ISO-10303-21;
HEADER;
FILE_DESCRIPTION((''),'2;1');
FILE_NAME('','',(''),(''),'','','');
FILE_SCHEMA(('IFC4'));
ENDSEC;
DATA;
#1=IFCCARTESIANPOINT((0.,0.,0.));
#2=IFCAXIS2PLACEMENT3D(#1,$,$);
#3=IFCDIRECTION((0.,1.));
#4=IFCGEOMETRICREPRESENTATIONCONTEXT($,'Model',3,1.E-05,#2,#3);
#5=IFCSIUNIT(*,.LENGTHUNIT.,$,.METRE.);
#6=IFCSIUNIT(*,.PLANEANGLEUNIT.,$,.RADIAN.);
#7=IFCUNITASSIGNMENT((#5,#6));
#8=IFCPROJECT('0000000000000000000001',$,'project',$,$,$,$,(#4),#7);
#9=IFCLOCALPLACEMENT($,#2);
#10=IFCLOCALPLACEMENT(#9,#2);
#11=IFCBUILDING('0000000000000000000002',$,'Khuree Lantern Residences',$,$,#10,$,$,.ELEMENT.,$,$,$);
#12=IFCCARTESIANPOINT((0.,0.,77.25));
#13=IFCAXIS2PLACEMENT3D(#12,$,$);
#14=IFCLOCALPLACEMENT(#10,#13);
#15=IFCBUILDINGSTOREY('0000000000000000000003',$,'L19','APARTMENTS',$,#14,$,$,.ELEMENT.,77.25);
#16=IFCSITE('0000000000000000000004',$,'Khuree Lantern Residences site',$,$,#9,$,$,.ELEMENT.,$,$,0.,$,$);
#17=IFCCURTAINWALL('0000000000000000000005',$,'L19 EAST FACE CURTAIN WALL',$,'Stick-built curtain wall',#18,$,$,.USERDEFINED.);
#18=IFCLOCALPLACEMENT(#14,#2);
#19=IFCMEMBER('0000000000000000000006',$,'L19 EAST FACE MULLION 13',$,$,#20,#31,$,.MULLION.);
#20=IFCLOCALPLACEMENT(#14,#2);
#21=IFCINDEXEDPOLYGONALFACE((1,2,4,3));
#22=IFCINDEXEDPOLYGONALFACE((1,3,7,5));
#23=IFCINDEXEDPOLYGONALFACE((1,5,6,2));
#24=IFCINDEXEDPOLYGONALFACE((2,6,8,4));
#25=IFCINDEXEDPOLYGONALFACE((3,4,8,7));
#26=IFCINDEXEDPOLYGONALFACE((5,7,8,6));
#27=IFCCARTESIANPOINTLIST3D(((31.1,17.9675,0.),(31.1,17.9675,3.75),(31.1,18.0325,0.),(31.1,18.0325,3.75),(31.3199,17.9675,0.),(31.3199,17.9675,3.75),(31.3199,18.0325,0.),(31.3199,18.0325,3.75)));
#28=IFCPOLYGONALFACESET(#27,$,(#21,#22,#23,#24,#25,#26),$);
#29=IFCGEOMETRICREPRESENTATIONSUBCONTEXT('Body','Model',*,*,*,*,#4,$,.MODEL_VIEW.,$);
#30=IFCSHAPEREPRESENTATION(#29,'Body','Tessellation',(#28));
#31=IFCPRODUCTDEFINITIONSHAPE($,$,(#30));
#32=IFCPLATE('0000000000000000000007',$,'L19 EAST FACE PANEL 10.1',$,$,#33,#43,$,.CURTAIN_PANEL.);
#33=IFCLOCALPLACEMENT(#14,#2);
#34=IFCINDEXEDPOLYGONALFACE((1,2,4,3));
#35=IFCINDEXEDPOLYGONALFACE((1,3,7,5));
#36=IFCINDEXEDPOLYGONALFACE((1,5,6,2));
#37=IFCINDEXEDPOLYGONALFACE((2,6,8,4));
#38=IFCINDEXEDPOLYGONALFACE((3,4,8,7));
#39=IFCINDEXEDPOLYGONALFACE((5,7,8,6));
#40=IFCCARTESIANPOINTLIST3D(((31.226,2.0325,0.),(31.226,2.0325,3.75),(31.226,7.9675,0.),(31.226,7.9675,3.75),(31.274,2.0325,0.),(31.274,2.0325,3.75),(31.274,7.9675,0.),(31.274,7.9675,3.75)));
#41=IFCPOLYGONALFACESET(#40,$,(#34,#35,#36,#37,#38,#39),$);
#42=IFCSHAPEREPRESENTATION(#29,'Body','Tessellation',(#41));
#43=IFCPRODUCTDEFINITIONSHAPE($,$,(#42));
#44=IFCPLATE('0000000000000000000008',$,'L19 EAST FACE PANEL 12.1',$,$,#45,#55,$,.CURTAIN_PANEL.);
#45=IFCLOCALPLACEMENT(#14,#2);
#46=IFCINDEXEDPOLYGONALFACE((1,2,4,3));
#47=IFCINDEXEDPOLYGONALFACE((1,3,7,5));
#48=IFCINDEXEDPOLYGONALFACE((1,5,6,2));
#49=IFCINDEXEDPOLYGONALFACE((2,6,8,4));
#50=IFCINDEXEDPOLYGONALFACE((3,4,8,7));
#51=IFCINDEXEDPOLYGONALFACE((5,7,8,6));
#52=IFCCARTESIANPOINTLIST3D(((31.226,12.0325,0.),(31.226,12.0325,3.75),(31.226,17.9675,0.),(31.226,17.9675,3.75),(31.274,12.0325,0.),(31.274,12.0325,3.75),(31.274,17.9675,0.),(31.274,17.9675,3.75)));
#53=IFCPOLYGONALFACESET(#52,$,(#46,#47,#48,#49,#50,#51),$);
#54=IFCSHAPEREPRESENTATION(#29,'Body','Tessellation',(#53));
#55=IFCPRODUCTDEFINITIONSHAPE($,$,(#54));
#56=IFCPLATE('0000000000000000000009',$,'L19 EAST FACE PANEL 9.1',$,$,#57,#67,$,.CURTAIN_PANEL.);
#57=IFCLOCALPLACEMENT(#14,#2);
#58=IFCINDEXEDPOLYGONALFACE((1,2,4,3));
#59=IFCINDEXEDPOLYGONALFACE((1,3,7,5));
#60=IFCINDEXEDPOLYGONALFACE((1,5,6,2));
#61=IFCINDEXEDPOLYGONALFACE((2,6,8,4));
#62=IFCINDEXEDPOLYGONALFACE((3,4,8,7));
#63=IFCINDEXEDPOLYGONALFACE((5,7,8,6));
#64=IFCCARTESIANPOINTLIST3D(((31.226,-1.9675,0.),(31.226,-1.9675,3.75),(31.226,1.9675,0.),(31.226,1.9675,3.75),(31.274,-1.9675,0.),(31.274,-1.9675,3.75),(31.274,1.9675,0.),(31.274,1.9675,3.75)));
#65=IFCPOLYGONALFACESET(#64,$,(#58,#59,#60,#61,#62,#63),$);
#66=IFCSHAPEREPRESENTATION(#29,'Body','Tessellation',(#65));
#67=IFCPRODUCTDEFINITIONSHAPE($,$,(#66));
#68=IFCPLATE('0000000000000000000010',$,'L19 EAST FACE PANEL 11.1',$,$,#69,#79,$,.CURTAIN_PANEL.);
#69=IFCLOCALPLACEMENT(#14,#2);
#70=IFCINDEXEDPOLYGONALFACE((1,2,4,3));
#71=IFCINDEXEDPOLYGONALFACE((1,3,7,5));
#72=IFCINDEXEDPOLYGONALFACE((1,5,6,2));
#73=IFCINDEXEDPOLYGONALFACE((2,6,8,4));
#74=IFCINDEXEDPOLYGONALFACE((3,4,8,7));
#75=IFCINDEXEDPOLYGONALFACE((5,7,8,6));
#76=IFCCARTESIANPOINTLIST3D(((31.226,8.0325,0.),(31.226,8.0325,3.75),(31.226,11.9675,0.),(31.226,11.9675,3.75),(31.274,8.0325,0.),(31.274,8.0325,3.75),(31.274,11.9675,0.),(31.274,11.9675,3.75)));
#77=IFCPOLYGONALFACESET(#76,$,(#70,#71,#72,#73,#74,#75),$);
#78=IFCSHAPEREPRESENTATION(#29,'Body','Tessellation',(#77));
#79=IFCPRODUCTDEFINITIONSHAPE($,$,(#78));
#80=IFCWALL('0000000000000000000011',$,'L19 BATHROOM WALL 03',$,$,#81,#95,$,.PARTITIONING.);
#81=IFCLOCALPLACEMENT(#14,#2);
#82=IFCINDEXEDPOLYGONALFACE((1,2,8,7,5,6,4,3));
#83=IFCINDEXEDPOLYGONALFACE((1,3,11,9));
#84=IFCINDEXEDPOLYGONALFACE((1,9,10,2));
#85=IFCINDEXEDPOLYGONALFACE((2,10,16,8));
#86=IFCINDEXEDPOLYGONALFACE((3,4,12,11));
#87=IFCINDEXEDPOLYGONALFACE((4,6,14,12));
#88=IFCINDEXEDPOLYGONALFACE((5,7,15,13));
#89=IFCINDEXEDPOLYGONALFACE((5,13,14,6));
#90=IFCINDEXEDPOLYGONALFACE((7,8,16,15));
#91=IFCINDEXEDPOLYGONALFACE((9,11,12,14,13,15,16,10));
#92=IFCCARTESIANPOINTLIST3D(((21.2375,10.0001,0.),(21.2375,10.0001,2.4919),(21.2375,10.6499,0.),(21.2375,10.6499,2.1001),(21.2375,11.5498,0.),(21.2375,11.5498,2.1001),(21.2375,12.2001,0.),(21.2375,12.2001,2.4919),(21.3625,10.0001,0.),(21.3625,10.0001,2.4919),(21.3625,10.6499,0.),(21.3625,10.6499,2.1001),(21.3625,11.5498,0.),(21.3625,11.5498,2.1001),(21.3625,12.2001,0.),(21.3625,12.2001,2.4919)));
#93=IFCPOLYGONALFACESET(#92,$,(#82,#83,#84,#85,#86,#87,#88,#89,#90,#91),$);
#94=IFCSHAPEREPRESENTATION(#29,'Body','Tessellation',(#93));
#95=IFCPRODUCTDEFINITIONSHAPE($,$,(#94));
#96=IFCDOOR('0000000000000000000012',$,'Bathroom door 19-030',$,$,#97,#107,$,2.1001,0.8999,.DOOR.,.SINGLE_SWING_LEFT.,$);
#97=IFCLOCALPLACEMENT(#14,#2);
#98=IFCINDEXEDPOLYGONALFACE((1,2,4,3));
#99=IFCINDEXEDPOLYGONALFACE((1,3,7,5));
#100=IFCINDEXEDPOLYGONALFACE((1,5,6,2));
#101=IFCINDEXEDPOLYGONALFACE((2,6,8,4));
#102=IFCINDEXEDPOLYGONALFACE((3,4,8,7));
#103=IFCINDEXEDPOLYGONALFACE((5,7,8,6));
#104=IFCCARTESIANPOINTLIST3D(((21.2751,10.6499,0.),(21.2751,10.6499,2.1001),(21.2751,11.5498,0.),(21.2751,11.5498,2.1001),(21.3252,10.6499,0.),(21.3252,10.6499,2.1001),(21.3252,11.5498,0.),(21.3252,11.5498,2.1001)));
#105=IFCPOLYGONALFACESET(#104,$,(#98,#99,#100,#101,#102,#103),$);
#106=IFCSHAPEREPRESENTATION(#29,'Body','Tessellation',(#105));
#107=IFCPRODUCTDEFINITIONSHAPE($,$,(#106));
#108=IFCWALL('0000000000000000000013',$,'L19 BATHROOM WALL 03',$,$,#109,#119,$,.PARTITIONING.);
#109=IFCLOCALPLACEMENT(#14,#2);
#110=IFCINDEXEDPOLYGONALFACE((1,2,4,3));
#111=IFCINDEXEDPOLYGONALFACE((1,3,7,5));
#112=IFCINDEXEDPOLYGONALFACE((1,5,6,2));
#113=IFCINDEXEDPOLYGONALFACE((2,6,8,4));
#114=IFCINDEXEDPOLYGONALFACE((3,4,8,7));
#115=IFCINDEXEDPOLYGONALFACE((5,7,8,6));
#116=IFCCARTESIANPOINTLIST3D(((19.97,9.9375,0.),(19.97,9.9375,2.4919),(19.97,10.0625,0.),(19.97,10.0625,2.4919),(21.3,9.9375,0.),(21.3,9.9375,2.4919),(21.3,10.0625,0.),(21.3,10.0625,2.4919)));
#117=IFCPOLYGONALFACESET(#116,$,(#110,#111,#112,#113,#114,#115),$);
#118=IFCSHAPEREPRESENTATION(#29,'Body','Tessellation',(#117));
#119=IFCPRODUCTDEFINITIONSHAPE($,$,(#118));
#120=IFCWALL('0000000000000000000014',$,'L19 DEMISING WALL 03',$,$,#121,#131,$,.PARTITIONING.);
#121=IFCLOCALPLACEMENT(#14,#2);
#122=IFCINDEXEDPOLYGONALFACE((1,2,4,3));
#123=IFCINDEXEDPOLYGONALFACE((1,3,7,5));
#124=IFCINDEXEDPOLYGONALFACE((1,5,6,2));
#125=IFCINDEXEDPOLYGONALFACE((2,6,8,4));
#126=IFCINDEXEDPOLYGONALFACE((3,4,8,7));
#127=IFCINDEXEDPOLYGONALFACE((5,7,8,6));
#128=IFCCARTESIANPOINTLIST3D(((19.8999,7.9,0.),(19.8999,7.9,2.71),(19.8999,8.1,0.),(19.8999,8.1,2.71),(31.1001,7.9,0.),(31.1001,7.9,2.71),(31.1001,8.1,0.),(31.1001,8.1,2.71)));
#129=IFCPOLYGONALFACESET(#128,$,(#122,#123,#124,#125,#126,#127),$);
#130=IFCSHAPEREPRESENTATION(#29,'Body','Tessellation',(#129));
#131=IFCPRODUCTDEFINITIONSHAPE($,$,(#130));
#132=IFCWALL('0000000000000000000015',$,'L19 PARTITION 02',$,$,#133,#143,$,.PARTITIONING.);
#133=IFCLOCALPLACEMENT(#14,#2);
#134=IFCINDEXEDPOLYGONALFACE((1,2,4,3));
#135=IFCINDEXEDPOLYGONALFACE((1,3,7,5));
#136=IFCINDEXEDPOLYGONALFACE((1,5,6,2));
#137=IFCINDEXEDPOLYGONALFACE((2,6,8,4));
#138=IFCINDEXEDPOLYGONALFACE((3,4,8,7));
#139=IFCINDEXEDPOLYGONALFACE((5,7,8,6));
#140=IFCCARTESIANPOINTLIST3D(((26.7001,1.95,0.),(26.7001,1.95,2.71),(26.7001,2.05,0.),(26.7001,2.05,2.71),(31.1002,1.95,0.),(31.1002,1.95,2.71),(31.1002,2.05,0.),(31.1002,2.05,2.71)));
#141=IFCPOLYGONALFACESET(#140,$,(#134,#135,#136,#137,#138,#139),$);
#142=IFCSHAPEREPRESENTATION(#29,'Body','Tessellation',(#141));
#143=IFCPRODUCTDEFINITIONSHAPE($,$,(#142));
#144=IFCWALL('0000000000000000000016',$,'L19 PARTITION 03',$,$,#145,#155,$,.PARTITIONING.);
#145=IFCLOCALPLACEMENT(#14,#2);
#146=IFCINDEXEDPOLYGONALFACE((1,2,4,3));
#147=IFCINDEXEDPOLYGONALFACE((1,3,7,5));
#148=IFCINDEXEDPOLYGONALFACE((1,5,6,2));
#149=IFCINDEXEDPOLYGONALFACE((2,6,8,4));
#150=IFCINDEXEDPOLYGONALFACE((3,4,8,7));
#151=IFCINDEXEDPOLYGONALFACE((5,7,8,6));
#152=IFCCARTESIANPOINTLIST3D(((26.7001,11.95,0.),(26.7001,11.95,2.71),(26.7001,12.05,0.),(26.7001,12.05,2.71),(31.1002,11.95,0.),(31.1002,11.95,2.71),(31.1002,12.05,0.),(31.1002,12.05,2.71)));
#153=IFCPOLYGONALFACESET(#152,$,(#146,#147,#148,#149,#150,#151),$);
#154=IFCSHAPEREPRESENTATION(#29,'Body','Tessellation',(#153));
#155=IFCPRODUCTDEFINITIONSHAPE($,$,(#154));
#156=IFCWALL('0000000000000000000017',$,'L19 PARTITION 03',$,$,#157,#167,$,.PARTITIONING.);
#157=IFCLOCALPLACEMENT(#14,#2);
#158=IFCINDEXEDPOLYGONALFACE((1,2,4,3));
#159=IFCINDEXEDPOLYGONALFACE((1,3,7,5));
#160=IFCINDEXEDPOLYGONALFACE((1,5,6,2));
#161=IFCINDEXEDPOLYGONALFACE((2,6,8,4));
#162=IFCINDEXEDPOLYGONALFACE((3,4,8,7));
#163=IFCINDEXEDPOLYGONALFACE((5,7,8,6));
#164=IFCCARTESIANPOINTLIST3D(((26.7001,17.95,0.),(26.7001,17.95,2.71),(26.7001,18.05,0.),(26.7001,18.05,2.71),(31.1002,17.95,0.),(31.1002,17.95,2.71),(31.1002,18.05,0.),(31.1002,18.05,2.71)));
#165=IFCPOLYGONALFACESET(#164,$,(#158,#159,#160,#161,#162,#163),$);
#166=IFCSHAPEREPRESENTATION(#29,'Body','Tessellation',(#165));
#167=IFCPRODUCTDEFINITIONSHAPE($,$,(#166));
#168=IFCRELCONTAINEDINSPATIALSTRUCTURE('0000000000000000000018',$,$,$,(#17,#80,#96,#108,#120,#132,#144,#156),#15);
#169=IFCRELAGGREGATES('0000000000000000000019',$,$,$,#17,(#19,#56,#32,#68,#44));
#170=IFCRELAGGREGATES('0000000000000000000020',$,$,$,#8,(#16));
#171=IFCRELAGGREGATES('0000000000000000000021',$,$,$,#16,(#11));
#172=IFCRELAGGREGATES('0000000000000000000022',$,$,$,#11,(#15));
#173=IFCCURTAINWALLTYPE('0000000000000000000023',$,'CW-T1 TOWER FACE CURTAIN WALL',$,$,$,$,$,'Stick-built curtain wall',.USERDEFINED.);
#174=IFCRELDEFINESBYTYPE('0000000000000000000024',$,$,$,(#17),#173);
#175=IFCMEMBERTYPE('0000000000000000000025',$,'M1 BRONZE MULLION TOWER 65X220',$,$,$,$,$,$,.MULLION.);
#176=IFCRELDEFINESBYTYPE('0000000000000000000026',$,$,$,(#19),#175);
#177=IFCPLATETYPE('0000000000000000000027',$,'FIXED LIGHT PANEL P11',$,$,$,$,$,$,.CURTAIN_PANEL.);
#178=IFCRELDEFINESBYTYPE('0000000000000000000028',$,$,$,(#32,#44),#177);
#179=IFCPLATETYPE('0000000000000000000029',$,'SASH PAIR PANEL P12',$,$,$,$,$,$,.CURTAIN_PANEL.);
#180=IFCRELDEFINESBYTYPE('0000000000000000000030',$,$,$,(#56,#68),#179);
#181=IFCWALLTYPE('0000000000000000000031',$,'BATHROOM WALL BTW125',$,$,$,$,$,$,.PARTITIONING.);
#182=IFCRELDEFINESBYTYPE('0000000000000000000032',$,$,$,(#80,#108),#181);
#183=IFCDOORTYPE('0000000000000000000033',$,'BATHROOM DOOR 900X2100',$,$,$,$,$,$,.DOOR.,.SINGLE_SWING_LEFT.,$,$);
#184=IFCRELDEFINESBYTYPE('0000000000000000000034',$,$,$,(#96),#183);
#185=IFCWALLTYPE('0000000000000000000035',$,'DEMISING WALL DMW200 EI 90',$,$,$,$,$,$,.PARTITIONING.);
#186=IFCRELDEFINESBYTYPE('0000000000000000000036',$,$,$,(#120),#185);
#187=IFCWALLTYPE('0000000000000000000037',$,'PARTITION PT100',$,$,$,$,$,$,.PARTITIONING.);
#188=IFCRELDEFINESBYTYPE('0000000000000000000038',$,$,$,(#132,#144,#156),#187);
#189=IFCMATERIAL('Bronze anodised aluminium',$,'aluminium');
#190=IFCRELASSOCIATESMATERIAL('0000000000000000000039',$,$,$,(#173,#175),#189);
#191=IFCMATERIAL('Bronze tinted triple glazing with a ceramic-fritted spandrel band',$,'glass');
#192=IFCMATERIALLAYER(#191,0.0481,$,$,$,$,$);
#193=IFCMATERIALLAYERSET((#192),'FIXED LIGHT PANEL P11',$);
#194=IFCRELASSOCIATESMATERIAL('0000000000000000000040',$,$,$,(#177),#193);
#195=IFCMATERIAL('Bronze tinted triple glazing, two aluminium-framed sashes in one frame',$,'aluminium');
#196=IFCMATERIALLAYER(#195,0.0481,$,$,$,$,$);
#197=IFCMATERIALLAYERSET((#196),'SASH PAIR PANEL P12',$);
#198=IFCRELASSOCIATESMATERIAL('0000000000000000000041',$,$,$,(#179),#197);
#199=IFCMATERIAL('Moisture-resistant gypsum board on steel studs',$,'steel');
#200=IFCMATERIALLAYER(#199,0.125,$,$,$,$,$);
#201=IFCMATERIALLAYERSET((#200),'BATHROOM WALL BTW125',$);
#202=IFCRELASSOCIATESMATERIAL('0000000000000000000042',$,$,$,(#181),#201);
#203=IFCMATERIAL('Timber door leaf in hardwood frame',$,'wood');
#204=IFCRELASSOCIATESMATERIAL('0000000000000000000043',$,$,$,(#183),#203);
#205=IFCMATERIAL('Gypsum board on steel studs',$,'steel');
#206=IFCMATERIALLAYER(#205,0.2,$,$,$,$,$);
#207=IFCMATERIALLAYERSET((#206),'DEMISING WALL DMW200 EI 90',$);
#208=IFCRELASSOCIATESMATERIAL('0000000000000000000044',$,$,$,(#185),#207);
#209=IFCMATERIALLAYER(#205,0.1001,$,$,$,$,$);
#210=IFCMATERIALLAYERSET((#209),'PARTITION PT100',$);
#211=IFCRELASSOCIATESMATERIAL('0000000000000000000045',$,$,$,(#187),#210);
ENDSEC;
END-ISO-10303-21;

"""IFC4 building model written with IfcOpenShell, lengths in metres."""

from ifc_helpers import new_model, si_unit, direction, frame, frame_2d, origin, origin_2d, place, context, subcontext, project, spatial, rectangle, extrude, material, layer, layer_set, material_profile, profile_set, type_object, element, fill, aggregate, save


model = new_model("IFC4")

# Units and contexts
model_context = context("Model", 3, precision=1e-05, world=origin(), true_north=direction((0.0, 1.0)))
body_context = subcontext(model_context, "Body", "Model", "MODEL_VIEW")
ifc_project = project(units=[si_unit("LENGTHUNIT", "METRE"), si_unit("PLANEANGLEUNIT", "RADIAN")], contexts=[model_context])

# Site, building, storey
site_placement = place(None, origin())
site = spatial("IfcSite", under=ifc_project, at=site_placement, Name="Khuree Lantern Residences site", CompositionType="ELEMENT", RefElevation=0.0)
building_placement = place(site_placement, origin())
building = spatial("IfcBuilding", under=site, at=building_placement, Name="Khuree Lantern Residences", CompositionType="ELEMENT")
storey_placement = place(building_placement, frame((0.0, 0.0, 77.25)))
storey = spatial("IfcBuildingStorey", under=building, at=storey_placement, Name="L19", Description="APARTMENTS", CompositionType="ELEMENT", Elevation=77.25)

# Curtain wall
ifc_material_1 = material(Name="Bronze anodised aluminium", Category="aluminium")
curtain_wall_type = type_object("IfcCurtainWallType", Name="CW-T1 TOWER FACE CURTAIN WALL", ElementType="Stick-built curtain wall", PredefinedType="USERDEFINED", material=ifc_material_1)
curtain_wall_placement = place(storey_placement, origin())
curtain_wall = element("IfcCurtainWall", 1, at=curtain_wall_placement, inside=storey, type_object=curtain_wall_type, Name="L19 EAST FACE CURTAIN WALL", ObjectType="Stick-built curtain wall", PredefinedType="USERDEFINED")

# Member
ifc_material_profile_1 = material_profile(ifc_material_1, rectangle(XDim=0.0649, YDim=0.22, at=origin_2d()), Name="M1 65X220")
ifc_profile_set_1 = profile_set([ifc_material_profile_1], Name="Bronze anodised aluminium")
member_type_1 = type_object("IfcMemberType", Name="M1 BRONZE MULLION TOWER 65X220", PredefinedType="MULLION", material=ifc_profile_set_1)
member_1_placement = place(storey_placement, frame((31.21, 18.0, 0.0), z_axis=(0.0, 0.0, 1.0), x_axis=(0.0, 1.0, 0.0)))
member_1 = element("IfcMember", 2, at=member_1_placement, type_object=member_type_1, Name="L19 EAST FACE MULLION 13", PredefinedType="MULLION", context=body_context, shape_type="SweptSolid", body=[
    extrude(rectangle(XDim=0.0649, YDim=0.22, at=origin_2d()), origin(), (0.0, 0.0, 1.0), 3.75),
])

# Plates
ifc_material_2 = material(Name="Bronze tinted triple glazing with a ceramic-fritted spandrel band", Category="glass")
ifc_layer_1 = layer(ifc_material_2, 0.0481)
ifc_layer_set_1 = layer_set([ifc_layer_1], Name="FIXED LIGHT PANEL P11")
plate_type_1 = type_object("IfcPlateType", Name="FIXED LIGHT PANEL P11", PredefinedType="CURTAIN_PANEL", material=ifc_layer_set_1)
plate_1_placement = place(storey_placement, frame((31.25, 5.0, 0.0), z_axis=(0.0, 0.0, 1.0), x_axis=(0.0, 1.0, 0.0)))
plate_1 = element("IfcPlate", 3, at=plate_1_placement, type_object=plate_type_1, Name="L19 EAST FACE PANEL 10.1", PredefinedType="CURTAIN_PANEL", context=body_context, shape_type="SweptSolid", body=[
    extrude(rectangle(XDim=5.9351, YDim=0.0481, at=origin_2d()), origin(), (0.0, 0.0, 1.0), 3.75),
])
plate_2_placement = place(storey_placement, frame((31.25, 15.0, 0.0), z_axis=(0.0, 0.0, 1.0), x_axis=(0.0, 1.0, 0.0)))
plate_2 = element("IfcPlate", 4, at=plate_2_placement, type_object=plate_type_1, Name="L19 EAST FACE PANEL 12.1", PredefinedType="CURTAIN_PANEL", context=body_context, shape_type="SweptSolid", body=[
    extrude(rectangle(XDim=5.9351, YDim=0.0481, at=origin_2d()), origin(), (0.0, 0.0, 1.0), 3.75),
])
ifc_material_3 = material(Name="Bronze tinted triple glazing, two aluminium-framed sashes in one frame", Category="aluminium")
ifc_layer_2 = layer(ifc_material_3, 0.0481)
ifc_layer_set_2 = layer_set([ifc_layer_2], Name="SASH PAIR PANEL P12")
plate_type_2 = type_object("IfcPlateType", Name="SASH PAIR PANEL P12", PredefinedType="CURTAIN_PANEL", material=ifc_layer_set_2)
plate_3_placement = place(storey_placement, frame((31.25, 0.0, 0.0), z_axis=(0.0, 0.0, 1.0), x_axis=(0.0, 1.0, 0.0)))
plate_3 = element("IfcPlate", 5, at=plate_3_placement, type_object=plate_type_2, Name="L19 EAST FACE PANEL 9.1", PredefinedType="CURTAIN_PANEL", context=body_context, shape_type="SweptSolid", body=[
    extrude(rectangle(XDim=3.9351, YDim=0.0481, at=origin_2d()), origin(), (0.0, 0.0, 1.0), 3.75),
])
plate_4_placement = place(storey_placement, frame((31.25, 10.0, 0.0), z_axis=(0.0, 0.0, 1.0), x_axis=(0.0, 1.0, 0.0)))
plate_4 = element("IfcPlate", 6, at=plate_4_placement, type_object=plate_type_2, Name="L19 EAST FACE PANEL 11.1", PredefinedType="CURTAIN_PANEL", context=body_context, shape_type="SweptSolid", body=[
    extrude(rectangle(XDim=3.9351, YDim=0.0481, at=origin_2d()), origin(), (0.0, 0.0, 1.0), 3.75),
])
aggregate(curtain_wall, [member_1, plate_3, plate_1, plate_4, plate_2])

# Wall, opening, door
ifc_material_4 = material(Name="Moisture-resistant gypsum board on steel studs", Category="steel")
ifc_layer_3 = layer(ifc_material_4, 0.125)
ifc_layer_set_3 = layer_set([ifc_layer_3], Name="BATHROOM WALL BTW125")
wall_type_1 = type_object("IfcWallType", Name="BATHROOM WALL BTW125", PredefinedType="PARTITIONING", material=ifc_layer_set_3)
wall_1_placement = place(storey_placement, frame((21.3, 10.0, 0.0), z_axis=(0.0, 0.0, 1.0), x_axis=(0.0, 1.0, 0.0)))
wall_1 = element("IfcWall", 7, at=wall_1_placement, inside=storey, type_object=wall_type_1, Name="L19 BATHROOM WALL 03", PredefinedType="PARTITIONING", context=body_context, shape_type="SweptSolid", body=[
    extrude(rectangle(XDim=2.2, YDim=0.125, at=frame_2d((1.1001, 0.0))), origin(), (0.0, 0.0, 1.0), 2.4919),
])
opening_1_placement = place(wall_1_placement, frame((0.6499, 0.0, 0.0)))
opening_1 = element("IfcOpeningElement", 8, at=opening_1_placement, cuts=wall_1, PredefinedType="OPENING", context=body_context, shape_type="SweptSolid", body=[
    extrude(rectangle(XDim=0.8999, YDim=2.1001, at=frame_2d((0.45, 1.05))), frame((0.0, 0.0725, 0.0), z_axis=(0.0, -1.0, 0.0), x_axis=(1.0, 0.0, 0.0)), (0.0, 0.0, 1.0), 0.145),
])
ifc_material_5 = material(Name="Timber door leaf in hardwood frame", Category="wood")
door_type_1 = type_object("IfcDoorType", Name="BATHROOM DOOR 900X2100", OperationType="SINGLE_SWING_LEFT", PredefinedType="DOOR", material=ifc_material_5)
door_1_placement = place(opening_1_placement, origin())
door_1 = element("IfcDoor", 9, at=door_1_placement, inside=storey, type_object=door_type_1, Name="Bathroom door 19-030", OperationType="SINGLE_SWING_LEFT", OverallHeight=2.1001, OverallWidth=0.8999, PredefinedType="DOOR", context=body_context, shape_type="SweptSolid", body=[
    extrude(rectangle(XDim=0.8999, YDim=2.1001, at=frame_2d((0.45, 1.05))), frame((0.0, 0.0249, 0.0), z_axis=(0.0, -1.0, 0.0), x_axis=(1.0, 0.0, 0.0)), (0.0, 0.0, 1.0), 0.05),
])
fill(opening_1, door_1)

# Walls
wall_2_placement = place(storey_placement, frame((19.97, 10.0, 0.0), z_axis=(0.0, 0.0, 1.0), x_axis=(1.0, 0.0, 0.0)))
element("IfcWall", 10, at=wall_2_placement, inside=storey, type_object=wall_type_1, Name="L19 BATHROOM WALL 03", PredefinedType="PARTITIONING", context=body_context, shape_type="SweptSolid", body=[
    extrude(rectangle(XDim=1.3301, YDim=0.125, at=frame_2d((0.665, 0.0))), origin(), (0.0, 0.0, 1.0), 2.4919),
])
ifc_material_6 = material(Name="Gypsum board on steel studs", Category="steel")
ifc_layer_4 = layer(ifc_material_6, 0.2)
ifc_layer_set_4 = layer_set([ifc_layer_4], Name="DEMISING WALL DMW200 EI 90")
wall_type_2 = type_object("IfcWallType", Name="DEMISING WALL DMW200 EI 90", PredefinedType="PARTITIONING", material=ifc_layer_set_4)
wall_3_placement = place(storey_placement, frame((19.8999, 8.0, 0.0), z_axis=(0.0, 0.0, 1.0), x_axis=(1.0, 0.0, 0.0)))
element("IfcWall", 11, at=wall_3_placement, inside=storey, type_object=wall_type_2, Name="L19 DEMISING WALL 03", PredefinedType="PARTITIONING", context=body_context, shape_type="SweptSolid", body=[
    extrude(rectangle(XDim=11.2002, YDim=0.2, at=frame_2d((5.6001, 0.0))), origin(), (0.0, 0.0, 1.0), 2.71),
])
ifc_layer_5 = layer(ifc_material_6, 0.1001)
ifc_layer_set_5 = layer_set([ifc_layer_5], Name="PARTITION PT100")
wall_type_3 = type_object("IfcWallType", Name="PARTITION PT100", PredefinedType="PARTITIONING", material=ifc_layer_set_5)
for number, where, z_axis, x_axis, name in (
    (12, (26.7, 2.0, 0.0), (0.0, 0.0, 1.0), (1.0, 0.0, 0.0), "L19 PARTITION 02"),
    (13, (26.7, 12.0, 0.0), (0.0, 0.0, 1.0), (1.0, 0.0, 0.0), "L19 PARTITION 03"),
    (14, (26.7, 18.0, 0.0), (0.0, 0.0, 1.0), (1.0, 0.0, 0.0), "L19 PARTITION 03"),
):
    element("IfcWall", number, at=place(storey_placement, frame(where, z_axis=z_axis, x_axis=x_axis)), inside=storey, type_object=wall_type_3, Name=name, PredefinedType="PARTITIONING", context=body_context, shape_type="SweptSolid", body=[
        extrude(rectangle(XDim=4.4001, YDim=0.1001, at=frame_2d((2.2002, 0.0))), origin(), (0.0, 0.0, 1.0), 2.71),
    ])

save(model, "model.ifc")
